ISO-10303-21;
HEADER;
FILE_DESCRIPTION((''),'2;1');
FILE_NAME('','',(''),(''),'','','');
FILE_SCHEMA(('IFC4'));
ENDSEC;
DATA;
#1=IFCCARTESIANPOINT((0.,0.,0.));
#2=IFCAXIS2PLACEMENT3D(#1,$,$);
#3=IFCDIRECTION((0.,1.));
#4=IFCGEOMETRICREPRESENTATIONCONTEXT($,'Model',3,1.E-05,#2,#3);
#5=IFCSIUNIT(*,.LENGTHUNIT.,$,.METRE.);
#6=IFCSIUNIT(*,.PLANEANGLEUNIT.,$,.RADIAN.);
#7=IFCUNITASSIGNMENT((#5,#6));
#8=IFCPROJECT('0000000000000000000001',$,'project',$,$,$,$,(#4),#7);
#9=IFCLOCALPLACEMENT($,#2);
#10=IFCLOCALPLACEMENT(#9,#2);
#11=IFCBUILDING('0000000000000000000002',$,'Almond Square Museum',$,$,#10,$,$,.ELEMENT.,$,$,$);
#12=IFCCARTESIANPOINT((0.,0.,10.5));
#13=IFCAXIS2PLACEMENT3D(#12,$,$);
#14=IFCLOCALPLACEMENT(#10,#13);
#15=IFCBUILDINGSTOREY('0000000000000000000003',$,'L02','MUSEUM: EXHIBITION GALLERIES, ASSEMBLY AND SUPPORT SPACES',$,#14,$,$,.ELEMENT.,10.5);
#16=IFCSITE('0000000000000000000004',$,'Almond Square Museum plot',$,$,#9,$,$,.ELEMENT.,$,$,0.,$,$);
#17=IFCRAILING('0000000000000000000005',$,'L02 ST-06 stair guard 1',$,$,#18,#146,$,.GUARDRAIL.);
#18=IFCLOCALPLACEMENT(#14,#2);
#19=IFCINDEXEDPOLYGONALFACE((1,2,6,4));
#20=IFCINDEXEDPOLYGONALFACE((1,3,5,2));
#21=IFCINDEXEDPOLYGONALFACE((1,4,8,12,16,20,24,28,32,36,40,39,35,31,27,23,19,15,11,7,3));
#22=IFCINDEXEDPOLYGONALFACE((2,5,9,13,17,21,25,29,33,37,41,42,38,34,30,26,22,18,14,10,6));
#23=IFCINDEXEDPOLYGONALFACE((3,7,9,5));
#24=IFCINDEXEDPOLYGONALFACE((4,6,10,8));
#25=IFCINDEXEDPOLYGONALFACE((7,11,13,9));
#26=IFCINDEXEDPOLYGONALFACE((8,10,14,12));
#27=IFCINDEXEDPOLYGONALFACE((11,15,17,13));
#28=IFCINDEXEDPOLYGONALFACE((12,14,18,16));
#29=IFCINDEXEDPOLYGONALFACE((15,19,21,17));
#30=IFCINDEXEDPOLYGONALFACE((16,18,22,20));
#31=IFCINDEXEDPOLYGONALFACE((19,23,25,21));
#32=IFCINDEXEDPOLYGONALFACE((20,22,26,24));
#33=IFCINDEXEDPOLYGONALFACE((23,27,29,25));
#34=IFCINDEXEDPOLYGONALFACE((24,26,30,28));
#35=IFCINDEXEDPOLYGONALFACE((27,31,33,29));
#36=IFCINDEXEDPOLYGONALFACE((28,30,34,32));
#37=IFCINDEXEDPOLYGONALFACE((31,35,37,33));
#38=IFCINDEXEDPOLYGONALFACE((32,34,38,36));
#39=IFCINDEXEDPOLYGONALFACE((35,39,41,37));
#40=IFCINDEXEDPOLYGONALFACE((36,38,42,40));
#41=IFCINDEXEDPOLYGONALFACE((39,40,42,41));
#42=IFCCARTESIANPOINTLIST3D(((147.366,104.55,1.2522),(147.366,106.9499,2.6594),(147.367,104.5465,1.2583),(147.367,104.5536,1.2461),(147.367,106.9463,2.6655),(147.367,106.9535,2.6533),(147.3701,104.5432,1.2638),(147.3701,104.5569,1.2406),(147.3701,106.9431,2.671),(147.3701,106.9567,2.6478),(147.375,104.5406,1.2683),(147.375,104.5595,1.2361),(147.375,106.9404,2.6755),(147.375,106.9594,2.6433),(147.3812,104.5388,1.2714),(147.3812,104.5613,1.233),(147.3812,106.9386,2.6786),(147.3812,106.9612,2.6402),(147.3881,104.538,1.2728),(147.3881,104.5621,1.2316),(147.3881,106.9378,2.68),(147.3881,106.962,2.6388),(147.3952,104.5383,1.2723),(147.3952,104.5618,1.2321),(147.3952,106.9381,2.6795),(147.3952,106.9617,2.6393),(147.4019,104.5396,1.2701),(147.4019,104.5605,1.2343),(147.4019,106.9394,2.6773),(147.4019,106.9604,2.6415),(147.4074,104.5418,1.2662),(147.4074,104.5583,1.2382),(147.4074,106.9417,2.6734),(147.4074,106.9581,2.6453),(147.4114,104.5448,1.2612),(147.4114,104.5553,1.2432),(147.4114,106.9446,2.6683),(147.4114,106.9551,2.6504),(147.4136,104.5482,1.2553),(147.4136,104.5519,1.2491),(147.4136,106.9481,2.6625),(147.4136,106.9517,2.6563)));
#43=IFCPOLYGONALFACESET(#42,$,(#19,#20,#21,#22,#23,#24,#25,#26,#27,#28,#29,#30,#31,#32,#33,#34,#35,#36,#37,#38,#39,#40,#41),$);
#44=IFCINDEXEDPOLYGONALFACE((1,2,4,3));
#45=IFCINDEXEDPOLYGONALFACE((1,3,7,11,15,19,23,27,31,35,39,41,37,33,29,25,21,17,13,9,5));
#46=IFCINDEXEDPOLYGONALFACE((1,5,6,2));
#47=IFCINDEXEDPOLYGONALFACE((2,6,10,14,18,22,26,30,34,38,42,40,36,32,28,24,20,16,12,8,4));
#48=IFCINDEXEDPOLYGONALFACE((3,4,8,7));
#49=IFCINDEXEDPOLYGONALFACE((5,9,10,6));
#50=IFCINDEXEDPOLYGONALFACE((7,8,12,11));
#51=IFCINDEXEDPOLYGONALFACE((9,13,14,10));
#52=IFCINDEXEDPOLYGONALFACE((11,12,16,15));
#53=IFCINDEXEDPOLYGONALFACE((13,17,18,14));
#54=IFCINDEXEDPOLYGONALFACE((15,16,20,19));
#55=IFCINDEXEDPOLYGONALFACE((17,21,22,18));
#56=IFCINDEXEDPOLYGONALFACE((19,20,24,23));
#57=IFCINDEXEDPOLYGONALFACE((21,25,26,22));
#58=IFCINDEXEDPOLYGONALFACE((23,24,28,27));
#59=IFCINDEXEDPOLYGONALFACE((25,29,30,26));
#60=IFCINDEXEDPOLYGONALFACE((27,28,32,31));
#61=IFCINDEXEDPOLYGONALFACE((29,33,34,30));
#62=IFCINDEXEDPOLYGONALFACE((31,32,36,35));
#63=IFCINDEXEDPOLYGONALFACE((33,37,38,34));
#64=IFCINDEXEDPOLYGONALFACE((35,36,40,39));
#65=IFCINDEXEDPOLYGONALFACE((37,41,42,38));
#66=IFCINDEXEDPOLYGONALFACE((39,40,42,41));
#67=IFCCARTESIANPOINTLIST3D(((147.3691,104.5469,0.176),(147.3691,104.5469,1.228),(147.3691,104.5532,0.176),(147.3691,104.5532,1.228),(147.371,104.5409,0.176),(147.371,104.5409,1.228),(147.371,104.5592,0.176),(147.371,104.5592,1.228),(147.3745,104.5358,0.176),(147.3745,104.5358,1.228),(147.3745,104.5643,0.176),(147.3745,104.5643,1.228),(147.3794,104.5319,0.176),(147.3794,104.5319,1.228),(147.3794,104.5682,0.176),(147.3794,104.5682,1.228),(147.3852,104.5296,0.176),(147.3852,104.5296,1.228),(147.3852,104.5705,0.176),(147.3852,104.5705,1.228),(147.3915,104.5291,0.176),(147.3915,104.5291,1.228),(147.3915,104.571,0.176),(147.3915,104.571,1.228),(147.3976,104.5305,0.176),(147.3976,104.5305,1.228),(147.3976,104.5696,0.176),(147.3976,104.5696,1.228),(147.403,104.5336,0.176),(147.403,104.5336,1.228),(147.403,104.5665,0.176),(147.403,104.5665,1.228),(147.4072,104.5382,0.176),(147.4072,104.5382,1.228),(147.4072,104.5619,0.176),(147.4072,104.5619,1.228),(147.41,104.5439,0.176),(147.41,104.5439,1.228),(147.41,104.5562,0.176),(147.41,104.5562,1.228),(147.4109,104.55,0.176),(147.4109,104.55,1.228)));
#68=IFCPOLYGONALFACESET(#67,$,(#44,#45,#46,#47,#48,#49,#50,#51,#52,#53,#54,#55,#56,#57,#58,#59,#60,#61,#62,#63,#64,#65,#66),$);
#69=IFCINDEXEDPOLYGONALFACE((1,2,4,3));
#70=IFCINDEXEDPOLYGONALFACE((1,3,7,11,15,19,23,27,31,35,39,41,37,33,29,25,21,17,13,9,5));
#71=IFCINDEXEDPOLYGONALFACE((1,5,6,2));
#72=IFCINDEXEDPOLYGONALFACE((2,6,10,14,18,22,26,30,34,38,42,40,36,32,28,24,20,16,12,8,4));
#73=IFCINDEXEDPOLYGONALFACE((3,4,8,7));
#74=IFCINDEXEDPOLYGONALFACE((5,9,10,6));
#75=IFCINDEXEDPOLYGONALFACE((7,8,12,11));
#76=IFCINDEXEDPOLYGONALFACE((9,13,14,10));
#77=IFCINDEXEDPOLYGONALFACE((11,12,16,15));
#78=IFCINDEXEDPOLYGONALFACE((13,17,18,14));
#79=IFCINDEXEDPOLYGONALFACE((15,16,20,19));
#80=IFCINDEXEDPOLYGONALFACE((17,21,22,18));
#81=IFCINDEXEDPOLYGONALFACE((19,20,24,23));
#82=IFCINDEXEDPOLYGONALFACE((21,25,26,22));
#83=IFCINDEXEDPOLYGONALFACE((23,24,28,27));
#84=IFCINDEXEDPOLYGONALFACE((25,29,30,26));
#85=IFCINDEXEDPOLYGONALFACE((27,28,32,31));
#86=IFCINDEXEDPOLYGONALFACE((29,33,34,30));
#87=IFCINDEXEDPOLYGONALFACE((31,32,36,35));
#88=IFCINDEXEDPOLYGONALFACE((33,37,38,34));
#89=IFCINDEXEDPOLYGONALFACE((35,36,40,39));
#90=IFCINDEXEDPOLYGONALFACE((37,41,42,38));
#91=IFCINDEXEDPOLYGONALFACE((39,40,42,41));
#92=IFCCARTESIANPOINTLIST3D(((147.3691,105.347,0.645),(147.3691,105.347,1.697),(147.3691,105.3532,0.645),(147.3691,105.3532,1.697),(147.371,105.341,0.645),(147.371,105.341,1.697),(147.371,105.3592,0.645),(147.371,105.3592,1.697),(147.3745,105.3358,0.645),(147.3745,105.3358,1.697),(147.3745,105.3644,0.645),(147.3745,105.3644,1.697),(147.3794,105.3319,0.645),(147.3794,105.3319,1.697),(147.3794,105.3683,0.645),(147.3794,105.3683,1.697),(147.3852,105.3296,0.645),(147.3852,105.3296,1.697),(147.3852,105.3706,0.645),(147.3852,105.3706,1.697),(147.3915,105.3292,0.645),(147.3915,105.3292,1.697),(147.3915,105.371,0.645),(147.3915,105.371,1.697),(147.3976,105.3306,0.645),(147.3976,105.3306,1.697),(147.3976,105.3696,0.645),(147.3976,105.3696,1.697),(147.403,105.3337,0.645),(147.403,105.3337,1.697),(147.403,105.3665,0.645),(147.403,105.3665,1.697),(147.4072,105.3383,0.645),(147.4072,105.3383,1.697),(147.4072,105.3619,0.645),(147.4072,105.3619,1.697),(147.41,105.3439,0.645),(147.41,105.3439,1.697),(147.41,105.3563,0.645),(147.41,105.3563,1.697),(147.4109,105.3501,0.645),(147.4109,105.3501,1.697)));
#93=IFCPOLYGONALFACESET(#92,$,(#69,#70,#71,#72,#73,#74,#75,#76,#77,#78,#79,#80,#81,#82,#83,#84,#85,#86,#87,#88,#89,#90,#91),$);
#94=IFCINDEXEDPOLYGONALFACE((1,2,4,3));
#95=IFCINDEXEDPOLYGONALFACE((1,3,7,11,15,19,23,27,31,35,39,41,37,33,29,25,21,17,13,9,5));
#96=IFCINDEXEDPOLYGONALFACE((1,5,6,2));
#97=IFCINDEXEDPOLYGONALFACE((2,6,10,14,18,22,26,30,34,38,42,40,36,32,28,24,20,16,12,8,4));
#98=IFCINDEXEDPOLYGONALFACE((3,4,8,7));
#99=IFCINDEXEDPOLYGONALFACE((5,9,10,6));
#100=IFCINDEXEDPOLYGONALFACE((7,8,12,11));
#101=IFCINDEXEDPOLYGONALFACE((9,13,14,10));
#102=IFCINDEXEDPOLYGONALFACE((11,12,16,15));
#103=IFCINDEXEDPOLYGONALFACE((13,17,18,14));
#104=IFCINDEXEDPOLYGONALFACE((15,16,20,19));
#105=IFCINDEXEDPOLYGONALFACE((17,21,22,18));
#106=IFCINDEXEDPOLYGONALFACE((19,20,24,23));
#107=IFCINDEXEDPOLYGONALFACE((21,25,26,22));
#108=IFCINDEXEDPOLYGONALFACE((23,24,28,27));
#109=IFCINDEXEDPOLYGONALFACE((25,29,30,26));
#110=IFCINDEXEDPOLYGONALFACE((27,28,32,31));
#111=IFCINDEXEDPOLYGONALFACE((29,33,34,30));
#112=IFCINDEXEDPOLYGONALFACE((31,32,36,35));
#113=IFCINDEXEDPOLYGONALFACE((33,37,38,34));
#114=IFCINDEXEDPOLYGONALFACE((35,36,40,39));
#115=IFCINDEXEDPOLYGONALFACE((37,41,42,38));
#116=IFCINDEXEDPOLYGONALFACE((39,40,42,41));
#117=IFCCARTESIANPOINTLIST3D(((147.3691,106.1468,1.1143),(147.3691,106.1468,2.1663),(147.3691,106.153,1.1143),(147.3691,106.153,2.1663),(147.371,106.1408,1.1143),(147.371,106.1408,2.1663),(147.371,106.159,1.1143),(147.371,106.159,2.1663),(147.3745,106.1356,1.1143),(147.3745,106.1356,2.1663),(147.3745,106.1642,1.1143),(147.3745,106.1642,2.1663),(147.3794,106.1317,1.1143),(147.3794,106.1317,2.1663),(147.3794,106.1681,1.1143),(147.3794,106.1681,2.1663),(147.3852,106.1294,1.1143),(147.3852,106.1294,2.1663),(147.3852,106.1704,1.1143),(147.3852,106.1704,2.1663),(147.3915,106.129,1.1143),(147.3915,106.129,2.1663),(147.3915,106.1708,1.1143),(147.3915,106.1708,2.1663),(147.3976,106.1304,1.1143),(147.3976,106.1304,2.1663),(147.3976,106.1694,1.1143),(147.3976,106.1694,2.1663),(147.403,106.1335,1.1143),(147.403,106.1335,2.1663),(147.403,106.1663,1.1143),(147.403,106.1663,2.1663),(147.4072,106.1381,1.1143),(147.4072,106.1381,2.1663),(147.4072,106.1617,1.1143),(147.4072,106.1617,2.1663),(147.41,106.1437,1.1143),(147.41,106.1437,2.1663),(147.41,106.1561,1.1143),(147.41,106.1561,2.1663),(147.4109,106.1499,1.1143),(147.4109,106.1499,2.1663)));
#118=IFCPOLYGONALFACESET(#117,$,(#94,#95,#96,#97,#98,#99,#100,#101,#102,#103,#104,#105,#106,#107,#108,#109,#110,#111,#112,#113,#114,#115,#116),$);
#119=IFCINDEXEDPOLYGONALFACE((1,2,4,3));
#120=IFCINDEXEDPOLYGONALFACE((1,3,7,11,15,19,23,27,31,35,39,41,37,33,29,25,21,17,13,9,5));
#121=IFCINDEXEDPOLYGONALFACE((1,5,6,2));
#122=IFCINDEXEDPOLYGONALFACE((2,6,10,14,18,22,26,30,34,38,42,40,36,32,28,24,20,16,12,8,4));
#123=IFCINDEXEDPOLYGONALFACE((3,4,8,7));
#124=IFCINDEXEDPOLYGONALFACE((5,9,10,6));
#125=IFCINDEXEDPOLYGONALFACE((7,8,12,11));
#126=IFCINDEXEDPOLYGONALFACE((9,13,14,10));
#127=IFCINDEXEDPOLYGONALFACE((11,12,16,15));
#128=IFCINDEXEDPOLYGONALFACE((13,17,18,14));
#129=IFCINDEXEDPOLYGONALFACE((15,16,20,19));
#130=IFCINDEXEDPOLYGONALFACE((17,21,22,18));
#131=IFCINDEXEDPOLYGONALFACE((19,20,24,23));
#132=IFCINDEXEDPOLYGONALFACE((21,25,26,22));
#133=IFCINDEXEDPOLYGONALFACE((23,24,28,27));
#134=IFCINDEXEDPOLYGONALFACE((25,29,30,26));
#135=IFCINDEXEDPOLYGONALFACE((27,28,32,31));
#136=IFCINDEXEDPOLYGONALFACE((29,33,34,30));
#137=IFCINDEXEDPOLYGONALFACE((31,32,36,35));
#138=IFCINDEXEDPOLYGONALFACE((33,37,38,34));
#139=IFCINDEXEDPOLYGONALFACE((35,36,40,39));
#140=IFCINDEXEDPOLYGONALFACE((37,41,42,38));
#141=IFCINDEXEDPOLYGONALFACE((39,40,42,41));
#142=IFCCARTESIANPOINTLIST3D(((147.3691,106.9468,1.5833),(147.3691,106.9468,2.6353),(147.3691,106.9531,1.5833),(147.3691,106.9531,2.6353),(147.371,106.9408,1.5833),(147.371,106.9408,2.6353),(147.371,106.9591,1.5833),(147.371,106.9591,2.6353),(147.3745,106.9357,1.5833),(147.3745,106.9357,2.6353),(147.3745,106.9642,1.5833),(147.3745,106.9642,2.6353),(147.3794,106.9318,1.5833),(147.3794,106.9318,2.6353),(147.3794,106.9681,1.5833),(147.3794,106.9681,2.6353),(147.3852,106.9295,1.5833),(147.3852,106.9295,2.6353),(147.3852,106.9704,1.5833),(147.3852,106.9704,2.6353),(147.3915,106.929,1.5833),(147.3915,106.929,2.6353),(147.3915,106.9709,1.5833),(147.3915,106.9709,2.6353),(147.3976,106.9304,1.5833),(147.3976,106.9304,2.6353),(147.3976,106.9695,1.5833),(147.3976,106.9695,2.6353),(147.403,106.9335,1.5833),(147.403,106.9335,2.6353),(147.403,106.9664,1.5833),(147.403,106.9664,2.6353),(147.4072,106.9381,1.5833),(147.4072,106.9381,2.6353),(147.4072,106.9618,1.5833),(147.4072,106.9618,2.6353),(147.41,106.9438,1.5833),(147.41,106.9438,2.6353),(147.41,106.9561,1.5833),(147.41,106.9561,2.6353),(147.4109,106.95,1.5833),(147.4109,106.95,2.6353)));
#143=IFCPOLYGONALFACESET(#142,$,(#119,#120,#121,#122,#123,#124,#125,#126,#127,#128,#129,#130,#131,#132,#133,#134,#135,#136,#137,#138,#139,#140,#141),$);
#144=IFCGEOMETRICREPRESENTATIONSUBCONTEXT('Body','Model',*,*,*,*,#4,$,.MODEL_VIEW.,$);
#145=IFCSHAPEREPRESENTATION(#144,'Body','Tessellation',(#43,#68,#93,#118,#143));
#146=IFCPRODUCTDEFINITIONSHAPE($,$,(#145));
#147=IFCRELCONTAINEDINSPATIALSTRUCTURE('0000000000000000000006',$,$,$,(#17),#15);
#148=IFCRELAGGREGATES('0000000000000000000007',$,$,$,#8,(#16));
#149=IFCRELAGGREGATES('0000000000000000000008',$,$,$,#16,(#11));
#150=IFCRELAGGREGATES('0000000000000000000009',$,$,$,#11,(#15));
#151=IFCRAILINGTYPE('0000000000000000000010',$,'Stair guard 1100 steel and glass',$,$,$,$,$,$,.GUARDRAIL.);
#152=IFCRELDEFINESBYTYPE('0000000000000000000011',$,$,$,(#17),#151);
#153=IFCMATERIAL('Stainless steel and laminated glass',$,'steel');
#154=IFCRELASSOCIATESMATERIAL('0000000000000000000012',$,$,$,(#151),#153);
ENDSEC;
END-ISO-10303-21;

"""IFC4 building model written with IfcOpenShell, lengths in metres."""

from ifc_helpers import new_model, si_unit, direction, frame, origin, origin_2d, place, context, subcontext, project, spatial, circle, extrude, material, type_object, element, save


model = new_model("IFC4")

# Units and contexts
model_context = context("Model", 3, precision=1e-05, world=origin(), true_north=direction((0.0, 1.0)))
body_context = subcontext(model_context, "Body", "Model", "MODEL_VIEW")
ifc_project = project(units=[si_unit("LENGTHUNIT", "METRE"), si_unit("PLANEANGLEUNIT", "RADIAN")], contexts=[model_context])

# Site, building, storey
site_placement = place(None, origin())
site = spatial("IfcSite", under=ifc_project, at=site_placement, Name="Almond Square Museum plot", CompositionType="ELEMENT", RefElevation=0.0)
building_placement = place(site_placement, origin())
building = spatial("IfcBuilding", under=site, at=building_placement, Name="Almond Square Museum", CompositionType="ELEMENT")
storey_placement = place(building_placement, frame((0.0, 0.0, 10.5)))
storey = spatial("IfcBuildingStorey", under=building, at=storey_placement, Name="L02", Description="MUSEUM: EXHIBITION GALLERIES, ASSEMBLY AND SUPPORT SPACES", CompositionType="ELEMENT", Elevation=10.5)

# Railing
ifc_material_1 = material(Name="Stainless steel and laminated glass", Category="steel")
railing_type_1 = type_object("IfcRailingType", Name="Stair guard 1100 steel and glass", PredefinedType="GUARDRAIL", material=ifc_material_1)
railing_1_placement = place(storey_placement, frame((147.3899, 104.55, 0.176)))
element("IfcRailing", 1, at=railing_1_placement, inside=storey, type_object=railing_type_1, Name="L02 ST-06 stair guard 1", PredefinedType="GUARDRAIL", context=body_context, shape_type="SweptSolid", body=[
    extrude(circle(Radius=0.0239, at=origin_2d()), frame((0.0, 0.0, 1.0762), z_axis=(0.0, 0.862637, 0.505823), x_axis=(-1.0, 0.0, 0.0)), (0.0, 0.0, 1.0), 2.782),
    extrude(circle(Radius=0.021, at=origin_2d()), origin(), (0.0, 0.0, 1.0), 1.052),
    extrude(circle(Radius=0.021, at=origin_2d()), frame((0.0, 0.8, 0.469)), (0.0, 0.0, 1.0), 1.052),
    extrude(circle(Radius=0.021, at=origin_2d()), frame((0.0, 1.5999, 0.9382)), (0.0, 0.0, 1.0), 1.052),
    extrude(circle(Radius=0.021, at=origin_2d()), frame((0.0, 2.3999, 1.4072)), (0.0, 0.0, 1.0), 1.052),
])

save(model, "model.ifc")
